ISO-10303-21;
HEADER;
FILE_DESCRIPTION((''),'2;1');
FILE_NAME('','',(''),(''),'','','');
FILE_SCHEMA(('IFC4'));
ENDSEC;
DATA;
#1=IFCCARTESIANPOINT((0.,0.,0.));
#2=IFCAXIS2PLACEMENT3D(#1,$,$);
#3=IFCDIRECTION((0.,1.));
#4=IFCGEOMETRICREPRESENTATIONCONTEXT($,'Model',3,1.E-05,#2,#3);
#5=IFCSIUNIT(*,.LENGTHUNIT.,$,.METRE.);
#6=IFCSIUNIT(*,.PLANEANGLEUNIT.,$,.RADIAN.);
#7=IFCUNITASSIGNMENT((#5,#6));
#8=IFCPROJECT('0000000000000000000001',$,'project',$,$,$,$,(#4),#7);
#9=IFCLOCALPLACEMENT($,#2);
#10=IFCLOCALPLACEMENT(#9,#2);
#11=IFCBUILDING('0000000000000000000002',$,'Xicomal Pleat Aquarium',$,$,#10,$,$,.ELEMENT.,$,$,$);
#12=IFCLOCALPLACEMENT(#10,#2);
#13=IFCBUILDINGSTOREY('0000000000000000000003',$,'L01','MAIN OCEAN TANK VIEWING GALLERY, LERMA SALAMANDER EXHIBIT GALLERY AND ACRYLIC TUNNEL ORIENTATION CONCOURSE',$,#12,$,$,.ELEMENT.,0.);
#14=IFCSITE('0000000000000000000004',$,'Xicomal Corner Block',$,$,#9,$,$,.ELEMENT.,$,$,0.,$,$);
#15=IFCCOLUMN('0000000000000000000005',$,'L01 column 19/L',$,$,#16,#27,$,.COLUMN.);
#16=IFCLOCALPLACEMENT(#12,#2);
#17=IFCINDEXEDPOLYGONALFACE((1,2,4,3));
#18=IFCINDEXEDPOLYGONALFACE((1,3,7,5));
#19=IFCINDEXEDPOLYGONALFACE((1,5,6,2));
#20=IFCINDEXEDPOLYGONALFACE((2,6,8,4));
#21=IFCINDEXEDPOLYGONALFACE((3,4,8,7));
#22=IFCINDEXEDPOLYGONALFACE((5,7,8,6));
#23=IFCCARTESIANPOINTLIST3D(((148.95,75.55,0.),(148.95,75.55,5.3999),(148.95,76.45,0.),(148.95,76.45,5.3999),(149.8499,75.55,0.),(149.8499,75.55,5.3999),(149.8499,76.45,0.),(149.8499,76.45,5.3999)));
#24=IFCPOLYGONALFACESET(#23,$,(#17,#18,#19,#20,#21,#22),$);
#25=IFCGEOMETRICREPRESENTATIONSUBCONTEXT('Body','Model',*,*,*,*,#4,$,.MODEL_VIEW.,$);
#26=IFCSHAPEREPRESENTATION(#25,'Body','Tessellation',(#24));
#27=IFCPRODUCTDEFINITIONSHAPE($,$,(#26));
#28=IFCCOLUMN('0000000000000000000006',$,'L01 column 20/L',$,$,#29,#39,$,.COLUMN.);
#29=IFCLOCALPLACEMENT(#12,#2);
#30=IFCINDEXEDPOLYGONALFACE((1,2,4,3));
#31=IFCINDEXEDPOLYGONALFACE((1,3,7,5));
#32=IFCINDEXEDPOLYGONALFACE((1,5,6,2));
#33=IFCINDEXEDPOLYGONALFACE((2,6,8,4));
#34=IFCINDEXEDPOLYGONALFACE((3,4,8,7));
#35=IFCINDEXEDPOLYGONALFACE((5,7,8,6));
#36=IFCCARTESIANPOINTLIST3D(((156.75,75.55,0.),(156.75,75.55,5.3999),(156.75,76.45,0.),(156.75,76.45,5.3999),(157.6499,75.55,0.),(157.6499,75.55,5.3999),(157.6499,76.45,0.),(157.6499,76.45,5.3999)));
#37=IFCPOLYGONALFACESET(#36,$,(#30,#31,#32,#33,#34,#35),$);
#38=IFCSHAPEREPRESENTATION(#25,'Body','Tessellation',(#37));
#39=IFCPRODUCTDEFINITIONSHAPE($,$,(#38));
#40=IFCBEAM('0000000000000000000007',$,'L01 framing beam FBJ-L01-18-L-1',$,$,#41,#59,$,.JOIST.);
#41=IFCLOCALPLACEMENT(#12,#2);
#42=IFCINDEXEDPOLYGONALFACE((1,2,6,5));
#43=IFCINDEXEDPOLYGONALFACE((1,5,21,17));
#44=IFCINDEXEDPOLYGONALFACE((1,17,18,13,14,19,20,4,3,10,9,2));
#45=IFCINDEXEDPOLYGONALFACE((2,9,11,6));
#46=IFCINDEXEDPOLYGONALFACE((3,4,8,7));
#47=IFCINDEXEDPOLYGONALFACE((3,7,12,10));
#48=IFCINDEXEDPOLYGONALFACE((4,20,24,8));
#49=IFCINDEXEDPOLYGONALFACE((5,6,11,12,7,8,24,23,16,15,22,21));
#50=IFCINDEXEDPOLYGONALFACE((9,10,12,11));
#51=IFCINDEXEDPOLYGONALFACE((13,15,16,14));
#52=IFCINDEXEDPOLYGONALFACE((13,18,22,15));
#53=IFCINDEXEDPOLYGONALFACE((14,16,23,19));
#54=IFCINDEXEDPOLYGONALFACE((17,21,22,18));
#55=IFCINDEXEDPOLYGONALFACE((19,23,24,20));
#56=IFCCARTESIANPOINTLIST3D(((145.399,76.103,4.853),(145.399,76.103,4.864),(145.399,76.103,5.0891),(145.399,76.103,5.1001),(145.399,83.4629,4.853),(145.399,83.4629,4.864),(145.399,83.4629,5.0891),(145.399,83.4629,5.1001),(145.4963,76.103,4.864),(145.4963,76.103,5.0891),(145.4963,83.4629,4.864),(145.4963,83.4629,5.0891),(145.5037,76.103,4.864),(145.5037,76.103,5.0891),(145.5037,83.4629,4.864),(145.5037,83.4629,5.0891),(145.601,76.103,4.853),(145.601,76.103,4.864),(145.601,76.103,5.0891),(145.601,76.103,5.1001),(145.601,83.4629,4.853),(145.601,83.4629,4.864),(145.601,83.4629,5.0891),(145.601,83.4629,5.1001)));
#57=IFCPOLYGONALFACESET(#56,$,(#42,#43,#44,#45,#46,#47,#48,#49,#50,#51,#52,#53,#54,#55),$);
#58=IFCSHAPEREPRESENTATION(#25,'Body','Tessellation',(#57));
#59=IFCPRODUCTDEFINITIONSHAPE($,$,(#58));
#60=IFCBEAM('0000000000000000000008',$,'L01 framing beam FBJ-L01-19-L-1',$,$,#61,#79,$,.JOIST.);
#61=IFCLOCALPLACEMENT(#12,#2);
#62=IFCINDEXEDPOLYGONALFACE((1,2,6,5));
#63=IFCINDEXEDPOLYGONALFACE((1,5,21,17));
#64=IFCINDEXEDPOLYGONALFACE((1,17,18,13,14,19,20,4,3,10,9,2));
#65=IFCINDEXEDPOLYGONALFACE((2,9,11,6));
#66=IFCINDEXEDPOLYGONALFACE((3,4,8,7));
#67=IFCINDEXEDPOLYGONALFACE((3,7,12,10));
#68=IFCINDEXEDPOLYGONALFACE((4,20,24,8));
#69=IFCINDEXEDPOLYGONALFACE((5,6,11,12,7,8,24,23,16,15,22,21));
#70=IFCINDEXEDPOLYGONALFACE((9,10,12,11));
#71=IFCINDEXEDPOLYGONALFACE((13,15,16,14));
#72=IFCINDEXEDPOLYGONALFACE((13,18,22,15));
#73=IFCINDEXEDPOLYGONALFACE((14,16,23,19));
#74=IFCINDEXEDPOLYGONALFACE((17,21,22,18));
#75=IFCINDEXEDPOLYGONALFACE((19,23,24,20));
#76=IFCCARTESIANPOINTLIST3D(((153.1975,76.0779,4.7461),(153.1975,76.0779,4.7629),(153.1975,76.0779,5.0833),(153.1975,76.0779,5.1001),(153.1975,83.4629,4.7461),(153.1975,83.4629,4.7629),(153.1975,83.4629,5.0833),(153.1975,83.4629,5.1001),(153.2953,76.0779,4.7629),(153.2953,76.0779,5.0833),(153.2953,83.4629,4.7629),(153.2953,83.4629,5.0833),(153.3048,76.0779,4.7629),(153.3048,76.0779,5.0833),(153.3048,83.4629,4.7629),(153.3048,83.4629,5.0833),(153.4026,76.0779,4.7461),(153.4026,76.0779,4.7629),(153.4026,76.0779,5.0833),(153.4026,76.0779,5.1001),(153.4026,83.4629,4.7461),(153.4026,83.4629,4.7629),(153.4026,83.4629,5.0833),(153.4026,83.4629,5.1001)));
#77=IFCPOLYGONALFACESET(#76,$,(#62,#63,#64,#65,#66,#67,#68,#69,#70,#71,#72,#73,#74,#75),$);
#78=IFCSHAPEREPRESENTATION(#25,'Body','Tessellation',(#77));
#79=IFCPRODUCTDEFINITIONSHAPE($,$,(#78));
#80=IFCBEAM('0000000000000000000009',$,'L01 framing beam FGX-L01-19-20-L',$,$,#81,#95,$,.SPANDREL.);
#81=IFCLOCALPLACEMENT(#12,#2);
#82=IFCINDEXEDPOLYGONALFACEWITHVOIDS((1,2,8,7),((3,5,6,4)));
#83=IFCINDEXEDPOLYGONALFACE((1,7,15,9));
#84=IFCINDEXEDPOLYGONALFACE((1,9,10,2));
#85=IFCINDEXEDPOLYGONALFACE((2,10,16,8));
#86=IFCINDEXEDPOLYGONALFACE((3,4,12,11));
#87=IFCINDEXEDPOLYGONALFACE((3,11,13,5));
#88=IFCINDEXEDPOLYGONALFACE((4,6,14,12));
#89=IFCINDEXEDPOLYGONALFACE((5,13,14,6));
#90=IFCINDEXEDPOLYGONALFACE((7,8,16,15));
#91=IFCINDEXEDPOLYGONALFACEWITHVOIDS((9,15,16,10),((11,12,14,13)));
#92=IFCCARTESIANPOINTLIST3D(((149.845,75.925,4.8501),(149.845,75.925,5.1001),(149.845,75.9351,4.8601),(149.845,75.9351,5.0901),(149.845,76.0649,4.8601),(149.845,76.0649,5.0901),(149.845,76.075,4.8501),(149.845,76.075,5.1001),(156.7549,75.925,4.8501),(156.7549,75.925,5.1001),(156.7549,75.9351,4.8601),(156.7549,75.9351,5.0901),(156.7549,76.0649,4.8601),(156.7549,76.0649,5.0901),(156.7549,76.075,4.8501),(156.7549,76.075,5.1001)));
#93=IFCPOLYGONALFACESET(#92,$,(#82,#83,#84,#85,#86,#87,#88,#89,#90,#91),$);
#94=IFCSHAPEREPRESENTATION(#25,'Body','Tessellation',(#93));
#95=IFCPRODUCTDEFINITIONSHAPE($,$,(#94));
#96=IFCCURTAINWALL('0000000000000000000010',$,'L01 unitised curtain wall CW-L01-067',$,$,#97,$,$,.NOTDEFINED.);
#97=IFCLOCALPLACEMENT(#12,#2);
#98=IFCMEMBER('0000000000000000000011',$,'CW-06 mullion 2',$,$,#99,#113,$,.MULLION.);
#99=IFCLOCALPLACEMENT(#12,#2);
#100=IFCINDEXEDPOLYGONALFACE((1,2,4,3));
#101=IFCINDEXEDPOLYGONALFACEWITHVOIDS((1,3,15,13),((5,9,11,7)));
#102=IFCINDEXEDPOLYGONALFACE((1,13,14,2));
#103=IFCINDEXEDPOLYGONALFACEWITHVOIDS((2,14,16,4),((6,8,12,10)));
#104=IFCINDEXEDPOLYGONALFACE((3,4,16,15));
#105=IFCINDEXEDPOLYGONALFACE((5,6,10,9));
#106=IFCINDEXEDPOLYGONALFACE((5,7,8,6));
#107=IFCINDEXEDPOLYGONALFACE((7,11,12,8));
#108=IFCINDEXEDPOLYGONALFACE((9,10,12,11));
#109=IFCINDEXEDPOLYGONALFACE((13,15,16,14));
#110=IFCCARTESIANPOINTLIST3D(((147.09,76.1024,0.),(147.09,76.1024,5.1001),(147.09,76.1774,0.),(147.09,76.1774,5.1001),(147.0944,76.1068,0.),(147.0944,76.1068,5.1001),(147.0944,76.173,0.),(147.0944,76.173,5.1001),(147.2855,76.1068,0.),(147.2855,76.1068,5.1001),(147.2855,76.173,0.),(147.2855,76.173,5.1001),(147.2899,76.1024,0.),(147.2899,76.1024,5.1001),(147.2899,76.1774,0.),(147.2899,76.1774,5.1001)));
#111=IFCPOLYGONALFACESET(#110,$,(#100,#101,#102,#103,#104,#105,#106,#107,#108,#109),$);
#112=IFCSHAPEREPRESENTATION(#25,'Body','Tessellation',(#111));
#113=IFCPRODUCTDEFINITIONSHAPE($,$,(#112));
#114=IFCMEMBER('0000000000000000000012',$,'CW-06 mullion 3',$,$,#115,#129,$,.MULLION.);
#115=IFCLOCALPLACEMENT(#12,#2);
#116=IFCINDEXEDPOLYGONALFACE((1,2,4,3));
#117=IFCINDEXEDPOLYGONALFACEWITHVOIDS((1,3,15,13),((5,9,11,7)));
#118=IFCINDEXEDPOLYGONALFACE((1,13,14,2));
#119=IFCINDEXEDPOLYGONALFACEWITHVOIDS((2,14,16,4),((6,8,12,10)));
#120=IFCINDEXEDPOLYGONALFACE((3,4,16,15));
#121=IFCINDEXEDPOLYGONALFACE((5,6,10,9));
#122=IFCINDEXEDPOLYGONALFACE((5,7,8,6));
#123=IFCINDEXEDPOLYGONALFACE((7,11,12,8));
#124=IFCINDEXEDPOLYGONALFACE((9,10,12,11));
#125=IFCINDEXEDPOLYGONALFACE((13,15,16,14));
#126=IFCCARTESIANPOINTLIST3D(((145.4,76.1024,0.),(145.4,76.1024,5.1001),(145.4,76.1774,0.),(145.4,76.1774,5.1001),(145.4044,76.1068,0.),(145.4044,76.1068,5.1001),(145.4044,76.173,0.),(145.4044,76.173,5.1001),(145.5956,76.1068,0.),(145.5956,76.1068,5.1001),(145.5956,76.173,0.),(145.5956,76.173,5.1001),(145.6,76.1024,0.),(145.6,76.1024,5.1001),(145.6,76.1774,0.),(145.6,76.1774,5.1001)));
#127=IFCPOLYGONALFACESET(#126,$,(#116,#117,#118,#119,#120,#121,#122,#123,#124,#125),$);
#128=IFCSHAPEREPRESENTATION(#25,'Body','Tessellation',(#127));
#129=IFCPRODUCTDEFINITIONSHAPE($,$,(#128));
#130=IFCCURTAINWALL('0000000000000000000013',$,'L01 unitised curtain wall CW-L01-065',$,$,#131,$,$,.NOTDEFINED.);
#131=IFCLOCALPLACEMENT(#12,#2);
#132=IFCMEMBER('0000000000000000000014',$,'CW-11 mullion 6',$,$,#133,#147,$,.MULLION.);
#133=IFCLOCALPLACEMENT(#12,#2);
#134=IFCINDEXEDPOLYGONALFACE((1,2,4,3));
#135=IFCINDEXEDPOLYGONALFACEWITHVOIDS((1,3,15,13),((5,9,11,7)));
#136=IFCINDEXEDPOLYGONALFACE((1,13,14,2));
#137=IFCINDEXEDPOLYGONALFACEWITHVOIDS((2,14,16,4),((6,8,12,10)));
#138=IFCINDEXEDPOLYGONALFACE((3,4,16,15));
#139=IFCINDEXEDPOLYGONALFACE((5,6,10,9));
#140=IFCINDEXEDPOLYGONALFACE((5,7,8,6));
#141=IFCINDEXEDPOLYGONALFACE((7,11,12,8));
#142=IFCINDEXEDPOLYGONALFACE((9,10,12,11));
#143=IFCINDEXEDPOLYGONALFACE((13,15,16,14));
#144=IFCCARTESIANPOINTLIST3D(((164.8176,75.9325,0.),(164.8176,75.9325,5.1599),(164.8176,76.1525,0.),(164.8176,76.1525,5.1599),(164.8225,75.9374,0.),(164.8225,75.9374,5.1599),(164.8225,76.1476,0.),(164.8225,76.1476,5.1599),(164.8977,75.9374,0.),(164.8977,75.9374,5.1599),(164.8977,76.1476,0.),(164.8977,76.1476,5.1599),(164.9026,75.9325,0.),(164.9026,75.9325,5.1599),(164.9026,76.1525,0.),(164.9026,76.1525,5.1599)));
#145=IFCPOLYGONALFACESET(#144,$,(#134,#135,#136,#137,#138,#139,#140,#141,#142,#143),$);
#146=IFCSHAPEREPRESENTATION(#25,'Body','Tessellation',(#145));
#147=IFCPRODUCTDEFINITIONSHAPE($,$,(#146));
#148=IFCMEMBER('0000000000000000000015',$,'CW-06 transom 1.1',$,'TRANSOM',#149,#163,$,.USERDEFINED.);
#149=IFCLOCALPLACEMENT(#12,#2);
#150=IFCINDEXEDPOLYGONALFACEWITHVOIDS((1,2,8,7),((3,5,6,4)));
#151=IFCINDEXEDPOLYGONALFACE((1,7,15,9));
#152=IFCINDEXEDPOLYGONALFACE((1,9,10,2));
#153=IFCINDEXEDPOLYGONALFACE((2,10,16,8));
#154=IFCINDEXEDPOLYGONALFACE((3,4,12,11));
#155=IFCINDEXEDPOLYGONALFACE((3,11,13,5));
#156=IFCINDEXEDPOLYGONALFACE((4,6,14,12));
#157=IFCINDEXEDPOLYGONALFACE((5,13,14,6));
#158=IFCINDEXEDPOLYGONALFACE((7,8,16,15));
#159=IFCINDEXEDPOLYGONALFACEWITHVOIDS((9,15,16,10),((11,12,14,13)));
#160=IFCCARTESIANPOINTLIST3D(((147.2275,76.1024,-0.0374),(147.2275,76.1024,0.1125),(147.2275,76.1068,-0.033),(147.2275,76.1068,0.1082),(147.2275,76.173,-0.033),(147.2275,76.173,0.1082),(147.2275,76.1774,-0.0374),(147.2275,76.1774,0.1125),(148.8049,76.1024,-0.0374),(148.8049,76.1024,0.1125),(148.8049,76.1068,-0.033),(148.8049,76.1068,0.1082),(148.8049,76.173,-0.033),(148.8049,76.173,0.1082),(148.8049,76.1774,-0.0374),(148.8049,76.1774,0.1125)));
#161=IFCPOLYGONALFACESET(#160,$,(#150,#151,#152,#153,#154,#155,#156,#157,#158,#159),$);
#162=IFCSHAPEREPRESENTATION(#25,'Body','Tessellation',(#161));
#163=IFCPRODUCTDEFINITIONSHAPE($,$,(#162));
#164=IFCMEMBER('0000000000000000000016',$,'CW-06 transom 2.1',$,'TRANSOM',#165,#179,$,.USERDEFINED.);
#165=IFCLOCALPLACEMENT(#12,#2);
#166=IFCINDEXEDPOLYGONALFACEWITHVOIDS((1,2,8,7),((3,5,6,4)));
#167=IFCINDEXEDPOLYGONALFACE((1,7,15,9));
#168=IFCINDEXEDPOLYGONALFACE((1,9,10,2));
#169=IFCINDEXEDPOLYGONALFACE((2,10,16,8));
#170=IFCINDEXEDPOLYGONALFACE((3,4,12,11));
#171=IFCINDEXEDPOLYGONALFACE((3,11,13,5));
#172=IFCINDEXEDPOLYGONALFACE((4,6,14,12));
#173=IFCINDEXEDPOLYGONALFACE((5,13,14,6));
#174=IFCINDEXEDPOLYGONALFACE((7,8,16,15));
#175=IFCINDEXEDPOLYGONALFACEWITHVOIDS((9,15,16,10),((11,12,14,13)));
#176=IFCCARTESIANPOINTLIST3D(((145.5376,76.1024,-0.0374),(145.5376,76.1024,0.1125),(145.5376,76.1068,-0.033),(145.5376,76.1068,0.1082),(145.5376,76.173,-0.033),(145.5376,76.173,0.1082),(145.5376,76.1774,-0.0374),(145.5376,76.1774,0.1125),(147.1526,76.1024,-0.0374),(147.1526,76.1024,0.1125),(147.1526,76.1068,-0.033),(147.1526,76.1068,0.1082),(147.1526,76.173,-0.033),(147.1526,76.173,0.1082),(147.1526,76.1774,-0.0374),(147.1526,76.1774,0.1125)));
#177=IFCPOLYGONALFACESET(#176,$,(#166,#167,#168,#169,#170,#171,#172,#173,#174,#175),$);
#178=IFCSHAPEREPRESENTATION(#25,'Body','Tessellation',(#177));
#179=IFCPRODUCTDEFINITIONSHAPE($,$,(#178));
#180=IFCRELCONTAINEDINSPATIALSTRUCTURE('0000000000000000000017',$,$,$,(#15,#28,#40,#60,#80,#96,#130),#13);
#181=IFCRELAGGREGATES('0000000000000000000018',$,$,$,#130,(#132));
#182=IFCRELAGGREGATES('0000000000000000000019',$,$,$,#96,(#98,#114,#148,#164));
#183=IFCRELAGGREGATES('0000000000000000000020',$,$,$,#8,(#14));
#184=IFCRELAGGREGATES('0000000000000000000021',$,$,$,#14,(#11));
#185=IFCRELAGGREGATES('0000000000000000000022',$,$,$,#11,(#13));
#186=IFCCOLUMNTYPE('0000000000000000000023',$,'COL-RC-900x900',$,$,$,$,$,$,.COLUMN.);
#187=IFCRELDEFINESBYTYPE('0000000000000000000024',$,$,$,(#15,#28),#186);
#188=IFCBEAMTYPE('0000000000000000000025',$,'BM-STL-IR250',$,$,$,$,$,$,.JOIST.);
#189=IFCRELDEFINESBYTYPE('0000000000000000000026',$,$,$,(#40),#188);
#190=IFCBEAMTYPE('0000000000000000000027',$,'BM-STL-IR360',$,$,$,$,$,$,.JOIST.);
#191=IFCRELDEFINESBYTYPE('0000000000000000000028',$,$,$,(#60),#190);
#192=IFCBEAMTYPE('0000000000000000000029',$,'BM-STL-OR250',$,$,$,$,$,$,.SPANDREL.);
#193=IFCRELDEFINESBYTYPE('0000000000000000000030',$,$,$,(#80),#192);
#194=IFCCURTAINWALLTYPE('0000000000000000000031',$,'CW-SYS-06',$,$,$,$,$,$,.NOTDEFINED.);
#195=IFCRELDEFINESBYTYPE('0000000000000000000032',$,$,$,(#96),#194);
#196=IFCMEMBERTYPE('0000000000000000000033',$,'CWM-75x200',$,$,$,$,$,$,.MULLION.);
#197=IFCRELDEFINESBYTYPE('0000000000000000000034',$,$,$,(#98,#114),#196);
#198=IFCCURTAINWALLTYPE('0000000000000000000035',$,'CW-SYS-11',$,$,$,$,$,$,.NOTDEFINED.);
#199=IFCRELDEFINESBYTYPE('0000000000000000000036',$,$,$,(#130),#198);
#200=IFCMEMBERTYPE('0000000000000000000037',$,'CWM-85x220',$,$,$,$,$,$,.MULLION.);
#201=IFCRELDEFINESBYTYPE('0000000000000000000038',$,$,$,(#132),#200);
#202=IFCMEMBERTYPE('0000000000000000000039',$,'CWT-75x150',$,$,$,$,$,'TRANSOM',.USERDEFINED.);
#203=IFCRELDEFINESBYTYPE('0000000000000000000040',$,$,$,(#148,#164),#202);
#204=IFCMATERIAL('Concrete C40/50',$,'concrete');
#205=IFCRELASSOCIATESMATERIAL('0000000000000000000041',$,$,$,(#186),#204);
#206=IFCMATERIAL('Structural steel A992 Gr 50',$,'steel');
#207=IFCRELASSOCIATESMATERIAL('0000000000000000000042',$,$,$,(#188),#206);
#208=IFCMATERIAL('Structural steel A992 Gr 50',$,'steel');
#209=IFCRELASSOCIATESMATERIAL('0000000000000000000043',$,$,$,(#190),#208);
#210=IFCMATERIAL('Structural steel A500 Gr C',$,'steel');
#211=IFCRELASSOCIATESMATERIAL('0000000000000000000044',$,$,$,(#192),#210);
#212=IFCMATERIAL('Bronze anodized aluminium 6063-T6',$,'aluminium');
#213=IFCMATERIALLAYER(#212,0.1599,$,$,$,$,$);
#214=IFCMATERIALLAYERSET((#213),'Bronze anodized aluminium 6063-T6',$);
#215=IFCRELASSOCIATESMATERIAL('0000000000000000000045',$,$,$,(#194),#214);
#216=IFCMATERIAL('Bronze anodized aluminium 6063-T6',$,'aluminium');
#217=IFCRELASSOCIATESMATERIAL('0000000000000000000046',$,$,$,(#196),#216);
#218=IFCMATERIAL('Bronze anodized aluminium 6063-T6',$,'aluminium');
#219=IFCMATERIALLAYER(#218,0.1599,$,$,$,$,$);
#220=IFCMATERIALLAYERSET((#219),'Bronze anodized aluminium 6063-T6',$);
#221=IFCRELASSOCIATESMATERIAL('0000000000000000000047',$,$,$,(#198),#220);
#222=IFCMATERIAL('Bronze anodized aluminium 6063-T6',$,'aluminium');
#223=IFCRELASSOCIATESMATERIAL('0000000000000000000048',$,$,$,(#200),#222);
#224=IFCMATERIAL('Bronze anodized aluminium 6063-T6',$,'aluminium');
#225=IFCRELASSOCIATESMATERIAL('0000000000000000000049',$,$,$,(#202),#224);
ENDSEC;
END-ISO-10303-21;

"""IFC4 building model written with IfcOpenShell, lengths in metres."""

from ifc_helpers import new_model, si_unit, direction, frame, origin, origin_2d, place, context, subcontext, project, spatial, rectangle, hollow_rectangle, i_section, extrude, material, layer, layer_set, material_profile, profile_set, type_object, element, aggregate, save


model = new_model("IFC4")

# Units and contexts
model_context = context("Model", 3, precision=1e-05, world=origin(), true_north=direction((0.0, 1.0)))
body_context = subcontext(model_context, "Body", "Model", "MODEL_VIEW")
ifc_project = project(units=[si_unit("LENGTHUNIT", "METRE"), si_unit("PLANEANGLEUNIT", "RADIAN")], contexts=[model_context])

# Site, building, storey
site_placement = place(None, origin())
site = spatial("IfcSite", under=ifc_project, at=site_placement, Name="Xicomal Corner Block", CompositionType="ELEMENT", RefElevation=0.0)
building_placement = place(site_placement, origin())
building = spatial("IfcBuilding", under=site, at=building_placement, Name="Xicomal Pleat Aquarium", CompositionType="ELEMENT")
storey_placement = place(building_placement, origin())
storey = spatial("IfcBuildingStorey", under=building, at=storey_placement, Name="L01", Description="MAIN OCEAN TANK VIEWING GALLERY, LERMA SALAMANDER EXHIBIT GALLERY AND ACRYLIC TUNNEL ORIENTATION CONCOURSE", CompositionType="ELEMENT", Elevation=0.0)

# Columns
ifc_material_1 = material(Name="Concrete C40/50", Category="concrete")
ifc_material_profile_1 = material_profile(ifc_material_1, rectangle(XDim=0.8999, YDim=0.8999, at=origin_2d()), Name="RC 900x900")
ifc_profile_set_1 = profile_set([ifc_material_profile_1], Name="Concrete C40/50")
column_type = type_object("IfcColumnType", Name="COL-RC-900x900", PredefinedType="COLUMN", material=ifc_profile_set_1)
for number, where, z_axis, x_axis, name in (
    (1, (149.3999, 76.0, 0.0), (0.0, 0.0, 1.0), (1.0, 0.0, 0.0), "L01 column 19/L"),
    (2, (157.2, 76.0, 0.0), (0.0, 0.0, 1.0), (1.0, 0.0, 0.0), "L01 column 20/L"),
):
    element("IfcColumn", number, at=place(storey_placement, frame(where, z_axis=z_axis, x_axis=x_axis)), inside=storey, type_object=column_type, Name=name, PredefinedType="COLUMN", context=body_context, shape_type="SweptSolid", body=[
        extrude(rectangle(XDim=0.8999, YDim=0.8999, at=origin_2d()), origin(), (0.0, 0.0, 1.0), 5.3999),
    ])

# Beams
ifc_material_2 = material(Name="Structural steel A992 Gr 50", Category="steel")
ifc_material_profile_2 = material_profile(ifc_material_2, i_section(OverallWidth=0.2019, OverallDepth=0.2471, WebThickness=0.0073, FlangeThickness=0.011, at=origin_2d()), Name="IR 250x49")
ifc_profile_set_2 = profile_set([ifc_material_profile_2], Name="Structural steel A992 Gr 50")
beam_type_1 = type_object("IfcBeamType", Name="BM-STL-IR250", PredefinedType="JOIST", material=ifc_profile_set_2)
beam_1_placement = place(storey_placement, frame((145.5, 76.103, 4.9766), z_axis=(0.0, 1.0, 0.0), x_axis=(-1.0, 0.0, 0.0)))
element("IfcBeam", 3, at=beam_1_placement, inside=storey, type_object=beam_type_1, Name="L01 framing beam FBJ-L01-18-L-1", PredefinedType="JOIST", context=body_context, shape_type="SweptSolid", body=[
    extrude(i_section(OverallWidth=0.2019, OverallDepth=0.2471, WebThickness=0.0073, FlangeThickness=0.011, at=origin_2d()), origin(), (0.0, 0.0, 1.0), 7.3599),
])
ifc_material_3 = material(Name="Structural steel A992 Gr 50", Category="steel")
ifc_material_profile_3 = material_profile(ifc_material_3, i_section(OverallWidth=0.2051, OverallDepth=0.354, WebThickness=0.0095, FlangeThickness=0.0168, at=origin_2d()), Name="IR 360x79")
ifc_profile_set_3 = profile_set([ifc_material_profile_3], Name="Structural steel A992 Gr 50")
beam_type_2 = type_object("IfcBeamType", Name="BM-STL-IR360", PredefinedType="JOIST", material=ifc_profile_set_3)
beam_2_placement = place(storey_placement, frame((153.3, 76.0779, 4.9231), z_axis=(0.0, 1.0, 0.0), x_axis=(-1.0, 0.0, 0.0)))
element("IfcBeam", 4, at=beam_2_placement, inside=storey, type_object=beam_type_2, Name="L01 framing beam FBJ-L01-19-L-1", PredefinedType="JOIST", context=body_context, shape_type="SweptSolid", body=[
    extrude(i_section(OverallWidth=0.2051, OverallDepth=0.354, WebThickness=0.0095, FlangeThickness=0.0168, at=origin_2d()), origin(), (0.0, 0.0, 1.0), 7.385),
])
ifc_material_4 = material(Name="Structural steel A500 Gr C", Category="steel")
ifc_material_profile_4 = material_profile(ifc_material_4, hollow_rectangle(XDim=0.1499, YDim=0.25, WallThickness=0.01, at=origin_2d()), Name="OR 250x150x10")
ifc_profile_set_4 = profile_set([ifc_material_profile_4], Name="Structural steel A500 Gr C")
beam_type_3 = type_object("IfcBeamType", Name="BM-STL-OR250", PredefinedType="SPANDREL", material=ifc_profile_set_4)
beam_3_placement = place(storey_placement, frame((149.845, 76.0, 4.9751), z_axis=(1.0, 0.0, 0.0), x_axis=(0.0, 1.0, 0.0)))
element("IfcBeam", 5, at=beam_3_placement, inside=storey, type_object=beam_type_3, Name="L01 framing beam FGX-L01-19-20-L", PredefinedType="SPANDREL", context=body_context, shape_type="SweptSolid", body=[
    extrude(hollow_rectangle(XDim=0.1499, YDim=0.25, WallThickness=0.01, at=origin_2d()), origin(), (0.0, 0.0, 1.0), 6.9099),
])

# Curtain wall, members
ifc_material_5 = material(Name="Bronze anodized aluminium 6063-T6", Category="aluminium")
ifc_layer_1 = layer(ifc_material_5, 0.1599)
ifc_layer_set_1 = layer_set([ifc_layer_1], Name="Bronze anodized aluminium 6063-T6")
curtain_wall_type_1 = type_object("IfcCurtainWallType", Name="CW-SYS-06", PredefinedType="NOTDEFINED", material=ifc_layer_set_1)
curtain_wall_1_placement = place(storey_placement, origin())
curtain_wall_1 = element("IfcCurtainWall", 6, at=curtain_wall_1_placement, inside=storey, type_object=curtain_wall_type_1, Name="L01 unitised curtain wall CW-L01-067", PredefinedType="NOTDEFINED")
ifc_material_6 = material(Name="Bronze anodized aluminium 6063-T6", Category="aluminium")
ifc_material_profile_5 = material_profile(ifc_material_6, hollow_rectangle(XDim=0.075, YDim=0.2, WallThickness=0.0044, at=origin_2d()), Name="ALU MULL 75x200")
ifc_profile_set_5 = profile_set([ifc_material_profile_5], Name="Bronze anodized aluminium 6063-T6")
member_type_1 = type_object("IfcMemberType", Name="CWM-75x200", PredefinedType="MULLION", material=ifc_profile_set_5)
member_1_placement = place(storey_placement, frame((147.1899, 76.1399, 0.0), z_axis=(0.0, 0.0, 1.0), x_axis=(0.0, -1.0, 0.0)))
member_1 = element("IfcMember", 7, at=member_1_placement, type_object=member_type_1, Name="CW-06 mullion 2", PredefinedType="MULLION", context=body_context, shape_type="SweptSolid", body=[
    extrude(hollow_rectangle(XDim=0.075, YDim=0.2, WallThickness=0.0044, at=origin_2d()), origin(), (0.0, 0.0, 1.0), 5.1001),
])
member_2_placement = place(storey_placement, frame((145.5, 76.1399, 0.0), z_axis=(0.0, 0.0, 1.0), x_axis=(0.0, -1.0, 0.0)))
member_2 = element("IfcMember", 8, at=member_2_placement, type_object=member_type_1, Name="CW-06 mullion 3", PredefinedType="MULLION", context=body_context, shape_type="SweptSolid", body=[
    extrude(hollow_rectangle(XDim=0.075, YDim=0.2, WallThickness=0.0044, at=origin_2d()), origin(), (0.0, 0.0, 1.0), 5.1001),
])

# Curtain wall, member
ifc_material_7 = material(Name="Bronze anodized aluminium 6063-T6", Category="aluminium")
ifc_layer_2 = layer(ifc_material_7, 0.1599)
ifc_layer_set_2 = layer_set([ifc_layer_2], Name="Bronze anodized aluminium 6063-T6")
curtain_wall_type_2 = type_object("IfcCurtainWallType", Name="CW-SYS-11", PredefinedType="NOTDEFINED", material=ifc_layer_set_2)
curtain_wall_2_placement = place(storey_placement, origin())
curtain_wall_2 = element("IfcCurtainWall", 9, at=curtain_wall_2_placement, inside=storey, type_object=curtain_wall_type_2, Name="L01 unitised curtain wall CW-L01-065", PredefinedType="NOTDEFINED")
ifc_material_8 = material(Name="Bronze anodized aluminium 6063-T6", Category="aluminium")
ifc_material_profile_6 = material_profile(ifc_material_8, hollow_rectangle(XDim=0.085, YDim=0.22, WallThickness=0.0049, at=origin_2d()), Name="ALU MULL 85x220")
ifc_profile_set_6 = profile_set([ifc_material_profile_6], Name="Bronze anodized aluminium 6063-T6")
member_type_2 = type_object("IfcMemberType", Name="CWM-85x220", PredefinedType="MULLION", material=ifc_profile_set_6)
member_3_placement = place(storey_placement, frame((164.8601, 76.0425, 0.0), z_axis=(0.0, 0.0, 1.0), x_axis=(1.0, 0.0, 0.0)))
member_3 = element("IfcMember", 10, at=member_3_placement, type_object=member_type_2, Name="CW-11 mullion 6", PredefinedType="MULLION", context=body_context, shape_type="SweptSolid", body=[
    extrude(hollow_rectangle(XDim=0.085, YDim=0.22, WallThickness=0.0049, at=origin_2d()), origin(), (0.0, 0.0, 1.0), 5.1599),
])
aggregate(curtain_wall_2, [member_3])

# Members
ifc_material_9 = material(Name="Bronze anodized aluminium 6063-T6", Category="aluminium")
ifc_material_profile_7 = material_profile(ifc_material_9, hollow_rectangle(XDim=0.075, YDim=0.1499, WallThickness=0.0044, at=origin_2d()), Name="ALU TRAN 75x150")
ifc_profile_set_7 = profile_set([ifc_material_profile_7], Name="Bronze anodized aluminium 6063-T6")
member_type_3 = type_object("IfcMemberType", Name="CWT-75x150", ElementType="TRANSOM", PredefinedType="USERDEFINED", material=ifc_profile_set_7)
member_4_placement = place(storey_placement, frame((148.8049, 76.1399, 0.0376), z_axis=(-1.0, 0.0, 0.0), x_axis=(0.0, -1.0, 0.0)))
member_4 = element("IfcMember", 11, at=member_4_placement, type_object=member_type_3, Name="CW-06 transom 1.1", ObjectType="TRANSOM", PredefinedType="USERDEFINED", context=body_context, shape_type="SweptSolid", body=[
    extrude(hollow_rectangle(XDim=0.075, YDim=0.1499, WallThickness=0.0044, at=origin_2d()), origin(), (0.0, 0.0, 1.0), 1.5774),
])
member_5_placement = place(storey_placement, frame((147.1526, 76.1399, 0.0376), z_axis=(-1.0, 0.0, 0.0), x_axis=(0.0, -1.0, 0.0)))
member_5 = element("IfcMember", 12, at=member_5_placement, type_object=member_type_3, Name="CW-06 transom 2.1", ObjectType="TRANSOM", PredefinedType="USERDEFINED", context=body_context, shape_type="SweptSolid", body=[
    extrude(hollow_rectangle(XDim=0.075, YDim=0.1499, WallThickness=0.0044, at=origin_2d()), origin(), (0.0, 0.0, 1.0), 1.615),
])

aggregate(curtain_wall_1, [member_1, member_2, member_4, member_5])

save(model, "model.ifc")
